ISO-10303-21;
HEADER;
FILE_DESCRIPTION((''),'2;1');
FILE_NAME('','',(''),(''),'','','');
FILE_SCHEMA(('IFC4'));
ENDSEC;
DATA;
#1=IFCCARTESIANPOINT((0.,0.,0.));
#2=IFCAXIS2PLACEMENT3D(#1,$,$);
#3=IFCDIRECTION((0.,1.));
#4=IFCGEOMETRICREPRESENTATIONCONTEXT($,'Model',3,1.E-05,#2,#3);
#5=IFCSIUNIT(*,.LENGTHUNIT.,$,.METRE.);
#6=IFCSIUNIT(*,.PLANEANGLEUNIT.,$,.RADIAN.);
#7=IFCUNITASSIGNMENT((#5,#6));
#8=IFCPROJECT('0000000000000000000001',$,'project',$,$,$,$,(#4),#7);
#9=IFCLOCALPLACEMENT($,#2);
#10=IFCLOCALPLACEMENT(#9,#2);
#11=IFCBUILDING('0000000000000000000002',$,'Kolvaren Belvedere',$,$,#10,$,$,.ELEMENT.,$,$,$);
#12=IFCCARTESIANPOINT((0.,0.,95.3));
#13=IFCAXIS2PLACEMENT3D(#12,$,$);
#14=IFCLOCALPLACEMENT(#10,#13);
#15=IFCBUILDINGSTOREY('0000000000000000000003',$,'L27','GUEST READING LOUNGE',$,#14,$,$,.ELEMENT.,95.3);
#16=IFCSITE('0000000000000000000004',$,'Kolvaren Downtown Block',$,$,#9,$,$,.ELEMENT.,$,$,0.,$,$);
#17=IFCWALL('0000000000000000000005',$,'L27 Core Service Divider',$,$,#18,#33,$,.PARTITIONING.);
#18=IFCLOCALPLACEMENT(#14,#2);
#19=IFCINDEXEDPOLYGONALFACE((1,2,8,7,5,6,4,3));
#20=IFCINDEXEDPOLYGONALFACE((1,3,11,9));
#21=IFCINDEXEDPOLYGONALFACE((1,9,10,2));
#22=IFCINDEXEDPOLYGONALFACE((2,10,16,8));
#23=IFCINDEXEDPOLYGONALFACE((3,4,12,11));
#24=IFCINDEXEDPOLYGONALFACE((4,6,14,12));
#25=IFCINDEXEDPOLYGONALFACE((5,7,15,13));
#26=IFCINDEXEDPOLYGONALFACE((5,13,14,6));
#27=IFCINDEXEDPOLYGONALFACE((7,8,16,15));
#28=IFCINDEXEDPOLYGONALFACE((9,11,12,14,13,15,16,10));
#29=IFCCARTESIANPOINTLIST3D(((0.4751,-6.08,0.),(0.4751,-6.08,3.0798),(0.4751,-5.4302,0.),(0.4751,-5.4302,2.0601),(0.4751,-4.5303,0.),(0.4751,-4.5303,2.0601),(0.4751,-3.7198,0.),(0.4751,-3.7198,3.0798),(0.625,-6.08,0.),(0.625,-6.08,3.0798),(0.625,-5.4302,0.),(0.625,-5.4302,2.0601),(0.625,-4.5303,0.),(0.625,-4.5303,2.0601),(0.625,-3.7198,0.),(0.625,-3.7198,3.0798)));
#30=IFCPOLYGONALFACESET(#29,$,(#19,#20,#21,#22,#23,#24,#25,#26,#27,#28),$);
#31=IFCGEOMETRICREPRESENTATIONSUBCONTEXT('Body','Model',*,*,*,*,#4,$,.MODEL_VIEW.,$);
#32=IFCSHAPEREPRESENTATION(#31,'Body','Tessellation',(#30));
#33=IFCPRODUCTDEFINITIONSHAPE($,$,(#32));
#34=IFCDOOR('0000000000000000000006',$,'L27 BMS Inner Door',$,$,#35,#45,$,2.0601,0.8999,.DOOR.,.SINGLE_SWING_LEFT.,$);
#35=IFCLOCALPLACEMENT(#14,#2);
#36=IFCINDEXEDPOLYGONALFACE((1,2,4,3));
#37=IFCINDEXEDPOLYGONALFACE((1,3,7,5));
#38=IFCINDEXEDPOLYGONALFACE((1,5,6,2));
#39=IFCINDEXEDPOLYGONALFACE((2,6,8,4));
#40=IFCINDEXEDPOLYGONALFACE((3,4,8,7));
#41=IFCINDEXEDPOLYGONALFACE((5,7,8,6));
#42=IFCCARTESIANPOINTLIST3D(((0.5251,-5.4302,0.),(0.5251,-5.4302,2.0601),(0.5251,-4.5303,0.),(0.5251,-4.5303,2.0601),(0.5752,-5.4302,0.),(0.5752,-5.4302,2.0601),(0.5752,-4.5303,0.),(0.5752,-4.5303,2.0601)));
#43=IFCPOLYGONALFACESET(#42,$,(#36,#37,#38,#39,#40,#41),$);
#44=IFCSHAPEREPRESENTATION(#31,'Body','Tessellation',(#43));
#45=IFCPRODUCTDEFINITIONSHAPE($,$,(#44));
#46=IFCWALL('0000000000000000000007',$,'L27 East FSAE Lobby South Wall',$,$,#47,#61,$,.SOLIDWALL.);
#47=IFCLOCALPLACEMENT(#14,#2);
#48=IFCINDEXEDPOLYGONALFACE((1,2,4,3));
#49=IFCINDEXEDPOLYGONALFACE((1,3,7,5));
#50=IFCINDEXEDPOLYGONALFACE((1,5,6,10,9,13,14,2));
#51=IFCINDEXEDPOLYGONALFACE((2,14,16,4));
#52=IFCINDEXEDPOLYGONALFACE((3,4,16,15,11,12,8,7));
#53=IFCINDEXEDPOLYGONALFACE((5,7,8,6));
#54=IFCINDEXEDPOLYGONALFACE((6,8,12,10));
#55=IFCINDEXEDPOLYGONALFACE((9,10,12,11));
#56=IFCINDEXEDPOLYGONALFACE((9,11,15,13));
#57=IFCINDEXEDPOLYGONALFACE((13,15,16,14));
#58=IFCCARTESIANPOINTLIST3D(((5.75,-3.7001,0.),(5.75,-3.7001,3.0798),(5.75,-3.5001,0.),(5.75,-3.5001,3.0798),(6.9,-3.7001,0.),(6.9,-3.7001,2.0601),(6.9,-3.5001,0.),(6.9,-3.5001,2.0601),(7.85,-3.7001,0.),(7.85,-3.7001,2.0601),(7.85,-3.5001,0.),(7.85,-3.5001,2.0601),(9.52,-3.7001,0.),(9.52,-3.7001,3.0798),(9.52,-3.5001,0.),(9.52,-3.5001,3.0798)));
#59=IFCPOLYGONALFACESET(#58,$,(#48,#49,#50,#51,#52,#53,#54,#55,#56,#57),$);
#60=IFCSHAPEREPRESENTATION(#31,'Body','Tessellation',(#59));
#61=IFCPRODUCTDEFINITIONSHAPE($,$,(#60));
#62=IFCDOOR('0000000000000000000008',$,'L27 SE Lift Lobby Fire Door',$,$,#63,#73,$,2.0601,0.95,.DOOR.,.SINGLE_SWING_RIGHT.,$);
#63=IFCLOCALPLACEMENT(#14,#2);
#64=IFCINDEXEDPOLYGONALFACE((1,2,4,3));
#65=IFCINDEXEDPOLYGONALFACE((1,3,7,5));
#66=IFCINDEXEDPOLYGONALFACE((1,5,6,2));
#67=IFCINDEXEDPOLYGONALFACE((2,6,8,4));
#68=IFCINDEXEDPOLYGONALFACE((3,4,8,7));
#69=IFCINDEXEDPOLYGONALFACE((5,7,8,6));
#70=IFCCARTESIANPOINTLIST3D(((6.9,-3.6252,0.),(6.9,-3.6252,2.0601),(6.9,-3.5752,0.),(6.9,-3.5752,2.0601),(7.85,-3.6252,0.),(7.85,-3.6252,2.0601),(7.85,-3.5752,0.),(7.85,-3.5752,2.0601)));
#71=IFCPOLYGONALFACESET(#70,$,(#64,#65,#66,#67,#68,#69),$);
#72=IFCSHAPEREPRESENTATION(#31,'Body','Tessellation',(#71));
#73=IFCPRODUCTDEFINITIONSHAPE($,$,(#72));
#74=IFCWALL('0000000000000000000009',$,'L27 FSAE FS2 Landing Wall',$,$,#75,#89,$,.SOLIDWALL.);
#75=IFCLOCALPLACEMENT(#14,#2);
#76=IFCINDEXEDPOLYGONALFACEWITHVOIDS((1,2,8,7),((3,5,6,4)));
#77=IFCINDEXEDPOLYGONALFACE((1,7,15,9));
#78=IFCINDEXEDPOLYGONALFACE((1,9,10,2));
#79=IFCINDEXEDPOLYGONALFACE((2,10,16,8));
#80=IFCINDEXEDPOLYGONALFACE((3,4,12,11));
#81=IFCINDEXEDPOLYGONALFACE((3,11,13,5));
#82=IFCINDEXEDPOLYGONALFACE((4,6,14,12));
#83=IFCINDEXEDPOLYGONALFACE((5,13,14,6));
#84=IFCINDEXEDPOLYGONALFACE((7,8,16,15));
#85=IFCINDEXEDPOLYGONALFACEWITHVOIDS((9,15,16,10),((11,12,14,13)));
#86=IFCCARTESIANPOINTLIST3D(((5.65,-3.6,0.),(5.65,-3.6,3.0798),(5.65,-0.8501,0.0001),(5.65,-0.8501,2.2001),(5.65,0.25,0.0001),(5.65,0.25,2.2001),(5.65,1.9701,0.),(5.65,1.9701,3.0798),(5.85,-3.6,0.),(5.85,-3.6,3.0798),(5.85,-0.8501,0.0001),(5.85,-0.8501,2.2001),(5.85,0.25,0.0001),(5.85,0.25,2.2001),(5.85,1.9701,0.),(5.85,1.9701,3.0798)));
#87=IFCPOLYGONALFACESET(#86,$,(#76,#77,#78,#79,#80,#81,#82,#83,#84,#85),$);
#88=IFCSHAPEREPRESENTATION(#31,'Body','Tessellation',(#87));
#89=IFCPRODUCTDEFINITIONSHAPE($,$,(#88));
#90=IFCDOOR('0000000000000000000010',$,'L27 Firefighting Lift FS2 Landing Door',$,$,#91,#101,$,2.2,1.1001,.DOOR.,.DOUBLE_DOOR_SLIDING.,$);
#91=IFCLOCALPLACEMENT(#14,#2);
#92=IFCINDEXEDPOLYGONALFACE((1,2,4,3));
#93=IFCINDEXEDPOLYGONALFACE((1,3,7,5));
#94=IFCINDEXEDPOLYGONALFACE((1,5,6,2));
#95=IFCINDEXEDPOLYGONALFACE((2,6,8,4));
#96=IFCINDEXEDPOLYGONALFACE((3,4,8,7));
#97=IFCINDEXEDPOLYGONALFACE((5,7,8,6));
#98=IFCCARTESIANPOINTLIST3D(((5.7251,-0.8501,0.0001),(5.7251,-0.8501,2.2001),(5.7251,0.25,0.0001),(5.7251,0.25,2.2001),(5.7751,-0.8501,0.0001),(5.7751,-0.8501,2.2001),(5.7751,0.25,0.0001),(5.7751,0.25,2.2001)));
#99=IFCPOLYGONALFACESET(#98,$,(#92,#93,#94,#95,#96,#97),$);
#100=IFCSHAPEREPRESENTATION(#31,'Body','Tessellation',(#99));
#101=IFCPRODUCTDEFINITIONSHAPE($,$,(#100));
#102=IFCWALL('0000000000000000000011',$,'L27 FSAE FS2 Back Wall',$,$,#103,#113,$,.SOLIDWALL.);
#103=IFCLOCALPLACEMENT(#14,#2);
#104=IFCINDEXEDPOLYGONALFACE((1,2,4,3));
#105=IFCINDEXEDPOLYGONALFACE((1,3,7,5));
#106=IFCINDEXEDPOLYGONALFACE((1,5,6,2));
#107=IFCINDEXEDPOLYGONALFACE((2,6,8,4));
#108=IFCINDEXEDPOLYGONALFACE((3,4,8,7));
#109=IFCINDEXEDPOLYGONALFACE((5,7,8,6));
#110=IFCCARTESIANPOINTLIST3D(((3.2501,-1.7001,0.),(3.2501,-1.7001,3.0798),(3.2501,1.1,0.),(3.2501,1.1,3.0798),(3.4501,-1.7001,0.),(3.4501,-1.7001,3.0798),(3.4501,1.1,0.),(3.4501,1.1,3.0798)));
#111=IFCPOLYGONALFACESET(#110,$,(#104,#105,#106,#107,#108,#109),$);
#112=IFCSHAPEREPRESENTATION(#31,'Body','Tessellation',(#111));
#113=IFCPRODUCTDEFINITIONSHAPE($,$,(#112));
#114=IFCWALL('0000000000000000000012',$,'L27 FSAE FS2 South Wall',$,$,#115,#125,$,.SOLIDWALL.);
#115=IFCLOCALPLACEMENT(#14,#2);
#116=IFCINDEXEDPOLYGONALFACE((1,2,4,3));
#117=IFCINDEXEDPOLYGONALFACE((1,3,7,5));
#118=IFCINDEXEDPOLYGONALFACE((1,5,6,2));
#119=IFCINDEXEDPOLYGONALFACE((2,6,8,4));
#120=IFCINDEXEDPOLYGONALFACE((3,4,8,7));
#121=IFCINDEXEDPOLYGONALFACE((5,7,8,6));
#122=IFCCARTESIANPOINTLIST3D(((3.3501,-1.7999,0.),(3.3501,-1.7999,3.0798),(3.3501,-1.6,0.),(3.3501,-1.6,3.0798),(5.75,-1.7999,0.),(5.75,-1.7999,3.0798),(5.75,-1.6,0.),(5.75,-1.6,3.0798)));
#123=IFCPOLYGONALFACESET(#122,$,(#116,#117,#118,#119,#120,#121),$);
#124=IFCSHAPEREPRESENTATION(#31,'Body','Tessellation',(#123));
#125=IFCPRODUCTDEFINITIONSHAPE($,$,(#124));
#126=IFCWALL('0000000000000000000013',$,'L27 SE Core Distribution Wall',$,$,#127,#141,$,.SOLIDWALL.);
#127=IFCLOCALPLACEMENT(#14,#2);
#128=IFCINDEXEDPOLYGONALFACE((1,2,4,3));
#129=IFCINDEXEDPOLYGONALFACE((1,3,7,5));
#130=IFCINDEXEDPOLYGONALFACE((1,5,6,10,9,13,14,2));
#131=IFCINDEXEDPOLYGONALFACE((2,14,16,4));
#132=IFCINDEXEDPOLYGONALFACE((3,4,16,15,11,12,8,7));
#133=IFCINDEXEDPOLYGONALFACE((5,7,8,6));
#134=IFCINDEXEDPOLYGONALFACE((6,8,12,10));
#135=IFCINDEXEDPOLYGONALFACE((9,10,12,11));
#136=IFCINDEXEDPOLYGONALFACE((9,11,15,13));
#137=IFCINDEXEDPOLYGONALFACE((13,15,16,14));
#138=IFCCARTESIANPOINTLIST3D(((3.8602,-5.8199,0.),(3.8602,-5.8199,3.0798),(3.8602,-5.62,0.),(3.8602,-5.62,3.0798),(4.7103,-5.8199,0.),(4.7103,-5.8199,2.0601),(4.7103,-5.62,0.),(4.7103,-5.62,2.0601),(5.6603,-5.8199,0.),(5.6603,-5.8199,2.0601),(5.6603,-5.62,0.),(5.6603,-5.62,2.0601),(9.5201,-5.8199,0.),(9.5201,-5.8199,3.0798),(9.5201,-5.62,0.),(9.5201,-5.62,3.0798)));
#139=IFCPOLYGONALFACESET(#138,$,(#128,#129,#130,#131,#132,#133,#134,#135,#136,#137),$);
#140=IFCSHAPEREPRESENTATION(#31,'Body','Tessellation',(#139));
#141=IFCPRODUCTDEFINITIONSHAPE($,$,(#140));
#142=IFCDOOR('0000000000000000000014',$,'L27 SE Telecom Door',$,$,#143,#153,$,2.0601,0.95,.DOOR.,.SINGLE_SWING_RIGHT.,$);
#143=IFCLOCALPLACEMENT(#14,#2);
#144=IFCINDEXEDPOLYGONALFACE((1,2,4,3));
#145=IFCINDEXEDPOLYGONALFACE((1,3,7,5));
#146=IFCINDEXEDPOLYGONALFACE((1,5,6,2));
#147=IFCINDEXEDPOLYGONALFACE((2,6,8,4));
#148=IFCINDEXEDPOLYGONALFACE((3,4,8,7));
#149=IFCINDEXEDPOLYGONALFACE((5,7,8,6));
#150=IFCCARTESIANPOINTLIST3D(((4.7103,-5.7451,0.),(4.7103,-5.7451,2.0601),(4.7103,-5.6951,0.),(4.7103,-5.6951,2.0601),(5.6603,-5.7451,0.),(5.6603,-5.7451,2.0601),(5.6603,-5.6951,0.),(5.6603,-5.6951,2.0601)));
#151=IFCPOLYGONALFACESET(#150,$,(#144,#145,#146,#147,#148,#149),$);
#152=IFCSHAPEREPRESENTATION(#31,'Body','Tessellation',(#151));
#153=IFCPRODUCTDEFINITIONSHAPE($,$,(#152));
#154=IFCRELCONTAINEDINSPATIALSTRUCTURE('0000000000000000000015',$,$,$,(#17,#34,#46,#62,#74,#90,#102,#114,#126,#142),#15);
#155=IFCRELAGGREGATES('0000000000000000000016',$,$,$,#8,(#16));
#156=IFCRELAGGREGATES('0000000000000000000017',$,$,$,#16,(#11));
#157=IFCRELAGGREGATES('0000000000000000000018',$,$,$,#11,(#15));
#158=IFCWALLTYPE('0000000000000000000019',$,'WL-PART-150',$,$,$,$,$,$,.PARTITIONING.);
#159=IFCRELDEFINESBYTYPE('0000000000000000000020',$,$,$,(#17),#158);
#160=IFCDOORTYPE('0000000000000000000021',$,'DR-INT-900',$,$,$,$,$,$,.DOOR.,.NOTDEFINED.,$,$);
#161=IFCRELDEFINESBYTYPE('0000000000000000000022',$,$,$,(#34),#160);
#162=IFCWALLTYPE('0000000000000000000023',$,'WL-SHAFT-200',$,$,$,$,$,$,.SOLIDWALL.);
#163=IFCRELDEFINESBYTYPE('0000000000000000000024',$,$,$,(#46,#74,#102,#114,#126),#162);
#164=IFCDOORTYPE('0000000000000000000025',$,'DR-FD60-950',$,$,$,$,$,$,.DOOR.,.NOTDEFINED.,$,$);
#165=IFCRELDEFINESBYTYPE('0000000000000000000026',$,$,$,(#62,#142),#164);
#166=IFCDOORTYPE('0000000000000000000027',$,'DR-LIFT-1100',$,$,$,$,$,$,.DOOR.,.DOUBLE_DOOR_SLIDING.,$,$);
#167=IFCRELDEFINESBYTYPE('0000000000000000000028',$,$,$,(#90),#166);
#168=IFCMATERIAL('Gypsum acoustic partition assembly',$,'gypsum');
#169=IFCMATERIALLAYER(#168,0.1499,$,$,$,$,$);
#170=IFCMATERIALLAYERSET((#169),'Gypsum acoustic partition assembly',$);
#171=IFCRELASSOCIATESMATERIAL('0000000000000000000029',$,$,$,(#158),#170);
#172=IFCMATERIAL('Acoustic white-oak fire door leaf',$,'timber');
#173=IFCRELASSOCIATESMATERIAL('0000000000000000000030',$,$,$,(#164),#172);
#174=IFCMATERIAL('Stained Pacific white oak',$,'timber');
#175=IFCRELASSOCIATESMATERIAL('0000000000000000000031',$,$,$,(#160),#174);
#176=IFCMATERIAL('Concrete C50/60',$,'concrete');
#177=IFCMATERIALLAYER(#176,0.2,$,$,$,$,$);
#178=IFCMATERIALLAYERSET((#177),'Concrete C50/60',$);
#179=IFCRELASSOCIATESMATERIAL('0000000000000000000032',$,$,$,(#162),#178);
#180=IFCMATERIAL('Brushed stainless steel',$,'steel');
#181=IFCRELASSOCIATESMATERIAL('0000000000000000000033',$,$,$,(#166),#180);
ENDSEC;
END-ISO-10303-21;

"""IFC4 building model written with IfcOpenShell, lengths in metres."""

from ifc_helpers import new_model, si_unit, direction, frame, frame_2d, origin, place, context, subcontext, project, spatial, rectangle, extrude, material, layer, layer_set, type_object, element, fill, save


model = new_model("IFC4")

# Units and contexts
model_context = context("Model", 3, precision=1e-05, world=origin(), true_north=direction((0.0, 1.0)))
body_context = subcontext(model_context, "Body", "Model", "MODEL_VIEW")
ifc_project = project(units=[si_unit("LENGTHUNIT", "METRE"), si_unit("PLANEANGLEUNIT", "RADIAN")], contexts=[model_context])

# Site, building, storey
site_placement = place(None, origin())
site = spatial("IfcSite", under=ifc_project, at=site_placement, Name="Kolvaren Downtown Block", CompositionType="ELEMENT", RefElevation=0.0)
building_placement = place(site_placement, origin())
building = spatial("IfcBuilding", under=site, at=building_placement, Name="Kolvaren Belvedere", CompositionType="ELEMENT")
storey_placement = place(building_placement, frame((0.0, 0.0, 95.3)))
storey = spatial("IfcBuildingStorey", under=building, at=storey_placement, Name="L27", Description="GUEST READING LOUNGE", CompositionType="ELEMENT", Elevation=95.3)

# Walls, openings, doors
ifc_material_1 = material(Name="Gypsum acoustic partition assembly", Category="gypsum")
ifc_layer_1 = layer(ifc_material_1, 0.1499)
ifc_layer_set_1 = layer_set([ifc_layer_1], Name="Gypsum acoustic partition assembly")
wall_type_1 = type_object("IfcWallType", Name="WL-PART-150", PredefinedType="PARTITIONING", material=ifc_layer_set_1)
ifc_material_2 = material(Name="Acoustic white-oak fire door leaf", Category="timber")
door_type_1 = type_object("IfcDoorType", Name="DR-FD60-950", OperationType="NOTDEFINED", PredefinedType="DOOR", material=ifc_material_2)
wall_1_placement = place(storey_placement, frame((0.55, -6.0801, 0.0), z_axis=(0.0, 0.0, 1.0), x_axis=(0.0, 1.0, 0.0)))
wall_1 = element("IfcWall", 1, at=wall_1_placement, inside=storey, type_object=wall_type_1, Name="L27 Core Service Divider", PredefinedType="PARTITIONING", context=body_context, shape_type="SweptSolid", body=[
    extrude(rectangle(XDim=2.3601, YDim=0.1499, at=frame_2d((1.1802, 0.0))), origin(), (0.0, 0.0, 1.0), 3.0798),
])
opening_1_placement = place(wall_1_placement, frame((0.6499, 0.0, 0.0)))
opening_1 = element("IfcOpeningElement", 2, at=opening_1_placement, cuts=wall_1, PredefinedType="OPENING", context=body_context, shape_type="SweptSolid", body=[
    extrude(rectangle(XDim=0.8999, YDim=2.0601, at=frame_2d((0.45, 1.03))), frame((0.0, 0.085, 0.0), z_axis=(0.0, -1.0, 0.0), x_axis=(1.0, 0.0, 0.0)), (0.0, 0.0, 1.0), 0.1699),
])
ifc_material_3 = material(Name="Stained Pacific white oak", Category="timber")
door_type_2 = type_object("IfcDoorType", Name="DR-INT-900", OperationType="NOTDEFINED", PredefinedType="DOOR", material=ifc_material_3)
door_1_placement = place(opening_1_placement, origin())
door_1 = element("IfcDoor", 3, at=door_1_placement, inside=storey, type_object=door_type_2, Name="L27 BMS Inner Door", OperationType="SINGLE_SWING_LEFT", OverallHeight=2.0601, OverallWidth=0.8999, PredefinedType="DOOR", context=body_context, shape_type="SweptSolid", body=[
    extrude(rectangle(XDim=0.8999, YDim=2.0601, at=frame_2d((0.45, 1.03))), frame((0.0, 0.0249, 0.0), z_axis=(0.0, -1.0, 0.0), x_axis=(1.0, 0.0, 0.0)), (0.0, 0.0, 1.0), 0.05),
])
fill(opening_1, door_1)
ifc_material_4 = material(Name="Concrete C50/60", Category="concrete")
ifc_layer_2 = layer(ifc_material_4, 0.2)
ifc_layer_set_2 = layer_set([ifc_layer_2], Name="Concrete C50/60")
wall_type_2 = type_object("IfcWallType", Name="WL-SHAFT-200", PredefinedType="SOLIDWALL", material=ifc_layer_set_2)
wall_2_placement = place(storey_placement, frame((5.75, -3.6001, 0.0), z_axis=(0.0, 0.0, 1.0), x_axis=(1.0, 0.0, 0.0)))
wall_2 = element("IfcWall", 4, at=wall_2_placement, inside=storey, type_object=wall_type_2, Name="L27 East FSAE Lobby South Wall", PredefinedType="SOLIDWALL", context=body_context, shape_type="SweptSolid", body=[
    extrude(rectangle(XDim=3.77, YDim=0.2, at=frame_2d((1.885, 0.0))), origin(), (0.0, 0.0, 1.0), 3.0798),
])
opening_2_placement = place(wall_2_placement, frame((1.1499, 0.0, 0.0)))
opening_2 = element("IfcOpeningElement", 5, at=opening_2_placement, cuts=wall_2, PredefinedType="OPENING", context=body_context, shape_type="SweptSolid", body=[
    extrude(rectangle(XDim=0.95, YDim=2.0601, at=frame_2d((0.4751, 1.03))), frame((0.0, 0.1099, 0.0), z_axis=(0.0, -1.0, 0.0), x_axis=(1.0, 0.0, 0.0)), (0.0, 0.0, 1.0), 0.22),
])
door_2_placement = place(opening_2_placement, origin())
door_2 = element("IfcDoor", 6, at=door_2_placement, inside=storey, type_object=door_type_1, Name="L27 SE Lift Lobby Fire Door", OperationType="SINGLE_SWING_RIGHT", OverallHeight=2.0601, OverallWidth=0.95, PredefinedType="DOOR", context=body_context, shape_type="SweptSolid", body=[
    extrude(rectangle(XDim=0.95, YDim=2.0601, at=frame_2d((0.4751, 1.03))), frame((0.0, 0.0249, 0.0), z_axis=(0.0, -1.0, 0.0), x_axis=(1.0, 0.0, 0.0)), (0.0, 0.0, 1.0), 0.05),
])
fill(opening_2, door_2)
wall_3_placement = place(storey_placement, frame((5.75, -3.6001, 0.0), z_axis=(0.0, 0.0, 1.0), x_axis=(0.0, 1.0, 0.0)))
wall_3 = element("IfcWall", 7, at=wall_3_placement, inside=storey, type_object=wall_type_2, Name="L27 FSAE FS2 Landing Wall", PredefinedType="SOLIDWALL", context=body_context, shape_type="SweptSolid", body=[
    extrude(rectangle(XDim=5.5701, YDim=0.2, at=frame_2d((2.7852, 0.0))), origin(), (0.0, 0.0, 1.0), 3.0798),
])
opening_3_placement = place(wall_3_placement, frame((2.75, 0.0, 0.0)))
opening_3 = element("IfcOpeningElement", 8, at=opening_3_placement, cuts=wall_3, PredefinedType="OPENING", context=body_context, shape_type="SweptSolid", body=[
    extrude(rectangle(XDim=1.1001, YDim=2.2, at=frame_2d((0.55, 1.1001))), frame((0.0, 0.1099, 0.0), z_axis=(0.0, -1.0, 0.0), x_axis=(1.0, 0.0, 0.0)), (0.0, 0.0, 1.0), 0.22),
])
ifc_material_5 = material(Name="Brushed stainless steel", Category="steel")
door_type_3 = type_object("IfcDoorType", Name="DR-LIFT-1100", OperationType="DOUBLE_DOOR_SLIDING", PredefinedType="DOOR", material=ifc_material_5)
door_3_placement = place(opening_3_placement, origin())
door_3 = element("IfcDoor", 9, at=door_3_placement, inside=storey, type_object=door_type_3, Name="L27 Firefighting Lift FS2 Landing Door", OperationType="DOUBLE_DOOR_SLIDING", OverallHeight=2.2, OverallWidth=1.1001, PredefinedType="DOOR", context=body_context, shape_type="SweptSolid", body=[
    extrude(rectangle(XDim=1.1001, YDim=2.2, at=frame_2d((0.55, 1.1001))), frame((0.0, 0.0249, 0.0), z_axis=(0.0, -1.0, 0.0), x_axis=(1.0, 0.0, 0.0)), (0.0, 0.0, 1.0), 0.05),
])
fill(opening_3, door_3)

# Walls
wall_4_placement = place(storey_placement, frame((3.3501, -1.7, 0.0), z_axis=(0.0, 0.0, 1.0), x_axis=(0.0, 1.0, 0.0)))
element("IfcWall", 10, at=wall_4_placement, inside=storey, type_object=wall_type_2, Name="L27 FSAE FS2 Back Wall", PredefinedType="SOLIDWALL", context=body_context, shape_type="SweptSolid", body=[
    extrude(rectangle(XDim=2.8, YDim=0.2, at=frame_2d((1.3999, 0.0))), origin(), (0.0, 0.0, 1.0), 3.0798),
])
wall_5_placement = place(storey_placement, frame((3.3501, -1.7, 0.0), z_axis=(0.0, 0.0, 1.0), x_axis=(1.0, 0.0, 0.0)))
element("IfcWall", 11, at=wall_5_placement, inside=storey, type_object=wall_type_2, Name="L27 FSAE FS2 South Wall", PredefinedType="SOLIDWALL", context=body_context, shape_type="SweptSolid", body=[
    extrude(rectangle(XDim=2.3999, YDim=0.2, at=frame_2d((1.2, 0.0))), origin(), (0.0, 0.0, 1.0), 3.0798),
])

# Wall, opening, door
wall_6_placement = place(storey_placement, frame((3.8601, -5.72, 0.0), z_axis=(0.0, 0.0, 1.0), x_axis=(1.0, 0.0, 0.0)))
wall_6 = element("IfcWall", 12, at=wall_6_placement, inside=storey, type_object=wall_type_2, Name="L27 SE Core Distribution Wall", PredefinedType="SOLIDWALL", context=body_context, shape_type="SweptSolid", body=[
    extrude(rectangle(XDim=5.6599, YDim=0.2, at=frame_2d((2.8301, 0.0))), origin(), (0.0, 0.0, 1.0), 3.0798),
])
opening_4_placement = place(wall_6_placement, frame((0.8501, 0.0, 0.0)))
opening_4 = element("IfcOpeningElement", 13, at=opening_4_placement, cuts=wall_6, PredefinedType="OPENING", context=body_context, shape_type="SweptSolid", body=[
    extrude(rectangle(XDim=0.95, YDim=2.0601, at=frame_2d((0.4751, 1.03))), frame((0.0, 0.1099, 0.0), z_axis=(0.0, -1.0, 0.0), x_axis=(1.0, 0.0, 0.0)), (0.0, 0.0, 1.0), 0.22),
])
door_4_placement = place(opening_4_placement, origin())
door_4 = element("IfcDoor", 14, at=door_4_placement, inside=storey, type_object=door_type_1, Name="L27 SE Telecom Door", OperationType="SINGLE_SWING_RIGHT", OverallHeight=2.0601, OverallWidth=0.95, PredefinedType="DOOR", context=body_context, shape_type="SweptSolid", body=[
    extrude(rectangle(XDim=0.95, YDim=2.0601, at=frame_2d((0.4751, 1.03))), frame((0.0, 0.0249, 0.0), z_axis=(0.0, -1.0, 0.0), x_axis=(1.0, 0.0, 0.0)), (0.0, 0.0, 1.0), 0.05),
])
fill(opening_4, door_4)

save(model, "model.ifc")
